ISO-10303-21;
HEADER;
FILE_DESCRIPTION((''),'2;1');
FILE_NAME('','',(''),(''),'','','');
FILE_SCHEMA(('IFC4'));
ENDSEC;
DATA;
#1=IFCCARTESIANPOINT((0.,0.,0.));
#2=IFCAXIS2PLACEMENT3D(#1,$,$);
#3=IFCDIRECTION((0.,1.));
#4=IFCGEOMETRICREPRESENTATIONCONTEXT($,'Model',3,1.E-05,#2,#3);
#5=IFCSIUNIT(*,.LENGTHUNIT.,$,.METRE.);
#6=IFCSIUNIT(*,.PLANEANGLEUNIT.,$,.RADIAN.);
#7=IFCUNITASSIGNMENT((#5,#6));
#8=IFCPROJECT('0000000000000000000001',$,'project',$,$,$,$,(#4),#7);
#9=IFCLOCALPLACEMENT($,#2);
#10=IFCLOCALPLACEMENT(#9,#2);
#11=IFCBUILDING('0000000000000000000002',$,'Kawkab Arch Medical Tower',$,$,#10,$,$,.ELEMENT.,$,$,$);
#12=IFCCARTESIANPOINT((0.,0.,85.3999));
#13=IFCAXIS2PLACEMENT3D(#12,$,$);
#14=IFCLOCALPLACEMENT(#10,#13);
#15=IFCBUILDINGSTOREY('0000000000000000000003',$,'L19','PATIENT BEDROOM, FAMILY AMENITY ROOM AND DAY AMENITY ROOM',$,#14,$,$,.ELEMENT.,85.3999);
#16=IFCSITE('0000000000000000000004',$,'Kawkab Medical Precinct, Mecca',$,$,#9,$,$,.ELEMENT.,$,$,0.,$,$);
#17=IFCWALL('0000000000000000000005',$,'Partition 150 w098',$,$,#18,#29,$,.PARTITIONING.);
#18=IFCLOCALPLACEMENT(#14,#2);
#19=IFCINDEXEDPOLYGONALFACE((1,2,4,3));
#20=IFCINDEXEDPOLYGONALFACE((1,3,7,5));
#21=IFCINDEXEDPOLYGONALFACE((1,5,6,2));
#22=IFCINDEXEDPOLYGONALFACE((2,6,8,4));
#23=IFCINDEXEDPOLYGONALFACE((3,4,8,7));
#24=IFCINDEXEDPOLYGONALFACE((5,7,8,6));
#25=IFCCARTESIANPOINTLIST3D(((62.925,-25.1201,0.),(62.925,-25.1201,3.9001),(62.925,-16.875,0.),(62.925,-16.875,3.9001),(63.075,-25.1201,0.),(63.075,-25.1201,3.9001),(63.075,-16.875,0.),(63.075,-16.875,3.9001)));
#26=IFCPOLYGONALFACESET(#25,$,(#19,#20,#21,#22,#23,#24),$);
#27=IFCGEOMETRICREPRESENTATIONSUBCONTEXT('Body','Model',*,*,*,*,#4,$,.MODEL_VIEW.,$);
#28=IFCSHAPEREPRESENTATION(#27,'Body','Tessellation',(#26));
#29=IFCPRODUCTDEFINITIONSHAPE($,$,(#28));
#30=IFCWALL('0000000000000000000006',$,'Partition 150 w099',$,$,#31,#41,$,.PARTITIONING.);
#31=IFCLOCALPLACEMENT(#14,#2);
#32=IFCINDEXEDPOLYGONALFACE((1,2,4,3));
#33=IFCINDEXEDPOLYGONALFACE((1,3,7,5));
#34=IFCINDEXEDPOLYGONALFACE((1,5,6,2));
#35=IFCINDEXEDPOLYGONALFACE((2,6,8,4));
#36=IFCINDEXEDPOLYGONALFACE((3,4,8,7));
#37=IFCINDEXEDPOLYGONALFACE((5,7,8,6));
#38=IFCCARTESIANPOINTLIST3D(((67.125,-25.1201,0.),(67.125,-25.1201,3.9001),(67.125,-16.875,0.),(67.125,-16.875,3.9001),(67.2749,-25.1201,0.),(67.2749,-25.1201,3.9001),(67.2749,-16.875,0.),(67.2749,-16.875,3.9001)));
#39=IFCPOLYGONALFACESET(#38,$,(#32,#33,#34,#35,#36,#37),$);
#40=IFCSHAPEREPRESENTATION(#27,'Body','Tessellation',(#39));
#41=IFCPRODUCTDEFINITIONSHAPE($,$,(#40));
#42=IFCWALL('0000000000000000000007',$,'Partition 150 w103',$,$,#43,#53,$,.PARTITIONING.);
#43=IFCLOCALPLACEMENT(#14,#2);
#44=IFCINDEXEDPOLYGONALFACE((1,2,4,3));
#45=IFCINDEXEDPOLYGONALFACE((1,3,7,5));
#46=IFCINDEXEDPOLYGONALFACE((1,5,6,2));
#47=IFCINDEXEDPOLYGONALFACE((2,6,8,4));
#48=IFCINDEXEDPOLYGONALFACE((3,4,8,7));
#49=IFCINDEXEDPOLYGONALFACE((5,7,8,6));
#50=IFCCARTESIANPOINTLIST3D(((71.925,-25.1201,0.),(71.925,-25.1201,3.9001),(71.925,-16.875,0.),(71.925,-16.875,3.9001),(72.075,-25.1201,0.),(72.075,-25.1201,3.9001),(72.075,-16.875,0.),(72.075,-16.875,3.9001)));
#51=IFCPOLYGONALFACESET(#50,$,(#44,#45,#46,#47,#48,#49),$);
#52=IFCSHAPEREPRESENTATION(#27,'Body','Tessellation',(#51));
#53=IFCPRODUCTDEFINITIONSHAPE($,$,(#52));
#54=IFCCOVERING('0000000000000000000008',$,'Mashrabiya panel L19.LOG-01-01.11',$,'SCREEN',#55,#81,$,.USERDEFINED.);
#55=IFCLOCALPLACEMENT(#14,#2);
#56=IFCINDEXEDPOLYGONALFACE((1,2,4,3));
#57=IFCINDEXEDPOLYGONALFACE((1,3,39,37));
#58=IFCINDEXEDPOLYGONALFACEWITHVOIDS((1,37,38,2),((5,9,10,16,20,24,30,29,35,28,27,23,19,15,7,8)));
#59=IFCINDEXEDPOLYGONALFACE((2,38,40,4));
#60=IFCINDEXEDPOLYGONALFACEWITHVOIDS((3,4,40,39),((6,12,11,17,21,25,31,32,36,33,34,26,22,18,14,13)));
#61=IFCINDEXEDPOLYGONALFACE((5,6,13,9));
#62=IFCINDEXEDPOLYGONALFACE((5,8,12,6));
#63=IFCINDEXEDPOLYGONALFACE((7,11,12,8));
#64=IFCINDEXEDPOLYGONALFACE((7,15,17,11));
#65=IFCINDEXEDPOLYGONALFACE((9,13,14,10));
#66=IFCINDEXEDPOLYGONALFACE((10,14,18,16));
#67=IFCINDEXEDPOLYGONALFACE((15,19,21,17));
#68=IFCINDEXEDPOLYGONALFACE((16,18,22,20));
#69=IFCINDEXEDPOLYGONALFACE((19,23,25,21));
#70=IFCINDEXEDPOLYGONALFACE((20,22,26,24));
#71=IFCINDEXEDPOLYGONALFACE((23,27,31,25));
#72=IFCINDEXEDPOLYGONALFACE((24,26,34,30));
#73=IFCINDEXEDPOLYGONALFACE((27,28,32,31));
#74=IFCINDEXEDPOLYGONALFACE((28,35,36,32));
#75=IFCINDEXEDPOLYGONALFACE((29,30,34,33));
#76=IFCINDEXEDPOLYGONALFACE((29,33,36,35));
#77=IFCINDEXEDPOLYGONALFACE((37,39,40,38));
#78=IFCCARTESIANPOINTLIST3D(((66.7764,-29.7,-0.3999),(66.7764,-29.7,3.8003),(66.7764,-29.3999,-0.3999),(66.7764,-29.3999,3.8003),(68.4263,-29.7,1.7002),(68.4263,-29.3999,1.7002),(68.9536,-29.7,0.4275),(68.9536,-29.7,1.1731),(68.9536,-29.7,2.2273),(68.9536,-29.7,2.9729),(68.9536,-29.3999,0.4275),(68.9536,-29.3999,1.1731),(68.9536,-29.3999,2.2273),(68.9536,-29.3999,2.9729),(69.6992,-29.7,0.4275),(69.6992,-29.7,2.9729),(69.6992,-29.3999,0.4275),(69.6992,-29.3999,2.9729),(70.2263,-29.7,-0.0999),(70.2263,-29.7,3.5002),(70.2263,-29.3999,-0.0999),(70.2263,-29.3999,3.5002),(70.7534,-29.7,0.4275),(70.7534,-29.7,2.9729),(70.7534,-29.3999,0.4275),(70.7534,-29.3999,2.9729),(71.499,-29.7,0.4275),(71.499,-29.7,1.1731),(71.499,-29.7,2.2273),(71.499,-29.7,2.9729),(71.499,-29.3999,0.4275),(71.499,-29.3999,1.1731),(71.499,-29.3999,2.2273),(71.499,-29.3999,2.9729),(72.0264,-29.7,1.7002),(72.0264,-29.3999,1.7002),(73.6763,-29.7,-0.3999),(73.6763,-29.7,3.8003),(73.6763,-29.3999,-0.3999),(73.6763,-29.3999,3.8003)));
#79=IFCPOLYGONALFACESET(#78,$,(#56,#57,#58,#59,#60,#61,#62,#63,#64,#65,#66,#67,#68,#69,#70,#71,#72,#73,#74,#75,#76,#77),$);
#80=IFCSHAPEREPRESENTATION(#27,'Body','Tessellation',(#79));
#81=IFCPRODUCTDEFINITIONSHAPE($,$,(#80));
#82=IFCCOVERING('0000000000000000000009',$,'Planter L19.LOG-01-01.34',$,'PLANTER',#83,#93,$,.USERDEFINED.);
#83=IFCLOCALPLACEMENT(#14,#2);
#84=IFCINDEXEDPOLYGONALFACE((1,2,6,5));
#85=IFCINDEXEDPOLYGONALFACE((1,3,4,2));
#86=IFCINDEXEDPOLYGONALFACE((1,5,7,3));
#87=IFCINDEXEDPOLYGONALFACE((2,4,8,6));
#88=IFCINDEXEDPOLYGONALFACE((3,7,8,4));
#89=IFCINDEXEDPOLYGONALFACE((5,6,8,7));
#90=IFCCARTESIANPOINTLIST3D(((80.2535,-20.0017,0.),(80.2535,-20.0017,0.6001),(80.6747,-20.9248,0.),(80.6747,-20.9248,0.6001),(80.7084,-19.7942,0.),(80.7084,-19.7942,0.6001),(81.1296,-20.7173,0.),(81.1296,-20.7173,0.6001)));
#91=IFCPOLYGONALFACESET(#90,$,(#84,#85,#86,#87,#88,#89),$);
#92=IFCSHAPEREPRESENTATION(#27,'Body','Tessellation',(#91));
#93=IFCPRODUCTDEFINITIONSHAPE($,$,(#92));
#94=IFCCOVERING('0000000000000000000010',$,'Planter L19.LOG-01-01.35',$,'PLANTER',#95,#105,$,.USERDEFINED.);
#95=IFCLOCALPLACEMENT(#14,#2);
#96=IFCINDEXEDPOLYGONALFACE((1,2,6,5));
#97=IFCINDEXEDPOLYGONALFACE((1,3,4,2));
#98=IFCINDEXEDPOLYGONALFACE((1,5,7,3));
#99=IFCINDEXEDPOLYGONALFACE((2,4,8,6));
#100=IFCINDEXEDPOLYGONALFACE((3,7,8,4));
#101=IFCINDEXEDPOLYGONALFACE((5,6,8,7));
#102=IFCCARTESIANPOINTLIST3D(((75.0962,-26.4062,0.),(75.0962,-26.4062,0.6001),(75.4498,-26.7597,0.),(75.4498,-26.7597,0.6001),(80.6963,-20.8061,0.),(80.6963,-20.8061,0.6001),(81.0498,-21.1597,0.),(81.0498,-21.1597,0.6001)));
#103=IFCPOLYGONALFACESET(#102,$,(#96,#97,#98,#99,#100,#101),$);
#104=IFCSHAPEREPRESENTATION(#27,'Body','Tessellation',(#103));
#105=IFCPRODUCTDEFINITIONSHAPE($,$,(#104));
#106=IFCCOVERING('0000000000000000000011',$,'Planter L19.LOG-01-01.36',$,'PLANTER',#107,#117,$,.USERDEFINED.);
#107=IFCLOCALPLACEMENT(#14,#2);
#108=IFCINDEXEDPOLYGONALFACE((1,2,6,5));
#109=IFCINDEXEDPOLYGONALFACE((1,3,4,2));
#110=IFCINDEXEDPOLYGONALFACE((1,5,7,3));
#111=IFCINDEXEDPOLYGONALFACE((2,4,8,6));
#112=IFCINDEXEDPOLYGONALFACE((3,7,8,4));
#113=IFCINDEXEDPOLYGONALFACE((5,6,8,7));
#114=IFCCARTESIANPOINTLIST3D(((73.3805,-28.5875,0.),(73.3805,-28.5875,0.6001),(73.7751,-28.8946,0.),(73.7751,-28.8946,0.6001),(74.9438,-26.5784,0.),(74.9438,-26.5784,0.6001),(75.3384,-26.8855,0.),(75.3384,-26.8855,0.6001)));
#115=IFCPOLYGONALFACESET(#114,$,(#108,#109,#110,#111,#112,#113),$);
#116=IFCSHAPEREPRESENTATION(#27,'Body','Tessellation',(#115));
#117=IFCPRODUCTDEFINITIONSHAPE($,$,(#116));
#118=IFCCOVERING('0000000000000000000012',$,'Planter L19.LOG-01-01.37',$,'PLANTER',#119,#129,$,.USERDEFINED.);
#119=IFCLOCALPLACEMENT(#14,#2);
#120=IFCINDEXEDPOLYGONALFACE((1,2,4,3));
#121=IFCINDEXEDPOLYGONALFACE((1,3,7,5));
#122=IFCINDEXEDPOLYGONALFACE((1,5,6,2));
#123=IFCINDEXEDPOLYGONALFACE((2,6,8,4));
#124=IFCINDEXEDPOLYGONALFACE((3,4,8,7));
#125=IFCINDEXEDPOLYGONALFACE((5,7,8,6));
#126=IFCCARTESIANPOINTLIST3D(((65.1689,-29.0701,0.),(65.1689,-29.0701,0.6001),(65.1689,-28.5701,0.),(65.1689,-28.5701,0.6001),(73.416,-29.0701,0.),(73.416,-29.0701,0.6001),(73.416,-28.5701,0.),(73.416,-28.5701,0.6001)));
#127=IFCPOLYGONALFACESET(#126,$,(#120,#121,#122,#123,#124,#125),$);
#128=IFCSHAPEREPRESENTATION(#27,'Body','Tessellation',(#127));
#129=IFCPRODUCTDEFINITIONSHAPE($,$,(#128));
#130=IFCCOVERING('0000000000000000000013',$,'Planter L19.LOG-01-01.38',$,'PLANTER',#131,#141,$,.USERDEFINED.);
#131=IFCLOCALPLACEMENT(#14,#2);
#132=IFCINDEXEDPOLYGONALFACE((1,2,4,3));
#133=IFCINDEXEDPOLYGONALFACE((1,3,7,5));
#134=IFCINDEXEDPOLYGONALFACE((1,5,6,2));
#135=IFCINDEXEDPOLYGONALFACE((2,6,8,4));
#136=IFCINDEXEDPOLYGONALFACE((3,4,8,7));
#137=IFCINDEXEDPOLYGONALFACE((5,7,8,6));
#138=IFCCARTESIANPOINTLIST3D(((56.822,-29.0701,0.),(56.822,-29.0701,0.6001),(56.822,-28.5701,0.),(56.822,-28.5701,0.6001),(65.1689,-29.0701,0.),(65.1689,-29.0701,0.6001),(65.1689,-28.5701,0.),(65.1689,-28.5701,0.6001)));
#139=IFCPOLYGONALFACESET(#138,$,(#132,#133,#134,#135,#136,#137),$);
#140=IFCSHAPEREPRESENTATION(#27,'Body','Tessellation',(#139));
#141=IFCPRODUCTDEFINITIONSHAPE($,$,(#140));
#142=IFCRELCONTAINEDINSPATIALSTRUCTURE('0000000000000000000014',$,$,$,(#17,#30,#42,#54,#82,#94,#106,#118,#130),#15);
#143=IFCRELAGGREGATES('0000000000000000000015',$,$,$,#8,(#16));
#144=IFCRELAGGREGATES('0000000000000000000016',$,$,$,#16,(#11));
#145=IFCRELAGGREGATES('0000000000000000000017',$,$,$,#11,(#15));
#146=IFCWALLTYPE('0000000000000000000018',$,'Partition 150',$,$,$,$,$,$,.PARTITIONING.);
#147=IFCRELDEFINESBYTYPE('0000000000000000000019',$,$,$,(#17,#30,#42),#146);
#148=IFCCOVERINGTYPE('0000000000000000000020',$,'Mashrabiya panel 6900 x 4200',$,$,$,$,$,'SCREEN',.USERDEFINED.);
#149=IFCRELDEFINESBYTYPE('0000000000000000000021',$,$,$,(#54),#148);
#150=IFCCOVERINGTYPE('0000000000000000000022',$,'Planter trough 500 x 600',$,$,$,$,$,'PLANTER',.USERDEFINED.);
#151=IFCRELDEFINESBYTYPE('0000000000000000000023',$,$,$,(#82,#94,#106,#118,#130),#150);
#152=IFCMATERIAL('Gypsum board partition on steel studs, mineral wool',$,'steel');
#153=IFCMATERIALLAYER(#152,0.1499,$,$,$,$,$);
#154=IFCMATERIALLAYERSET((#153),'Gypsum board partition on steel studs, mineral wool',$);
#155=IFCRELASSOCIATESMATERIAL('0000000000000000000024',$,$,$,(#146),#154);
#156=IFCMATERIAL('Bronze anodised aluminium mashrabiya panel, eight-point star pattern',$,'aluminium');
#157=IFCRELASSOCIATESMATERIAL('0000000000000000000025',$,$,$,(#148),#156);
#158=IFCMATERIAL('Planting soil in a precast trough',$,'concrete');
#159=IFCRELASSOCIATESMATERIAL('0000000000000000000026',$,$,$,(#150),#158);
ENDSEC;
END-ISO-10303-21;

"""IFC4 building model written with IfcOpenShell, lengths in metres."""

from ifc_helpers import new_model, si_unit, direction, frame, frame_2d, origin, origin_2d, place, context, subcontext, project, spatial, polyline, rectangle, outline, extrude, material, layer, layer_set, material_profile, profile_set, type_object, element, save


model = new_model("IFC4")

# Units and contexts
model_context = context("Model", 3, precision=1e-05, world=origin(), true_north=direction((0.0, 1.0)))
body_context = subcontext(model_context, "Body", "Model", "MODEL_VIEW")
ifc_project = project(units=[si_unit("LENGTHUNIT", "METRE"), si_unit("PLANEANGLEUNIT", "RADIAN")], contexts=[model_context])

# Site, building, storey
site_placement = place(None, origin())
site = spatial("IfcSite", under=ifc_project, at=site_placement, Name="Kawkab Medical Precinct, Mecca", CompositionType="ELEMENT", RefElevation=0.0)
building_placement = place(site_placement, origin())
building = spatial("IfcBuilding", under=site, at=building_placement, Name="Kawkab Arch Medical Tower", CompositionType="ELEMENT")
storey_placement = place(building_placement, frame((0.0, 0.0, 85.3999)))
storey = spatial("IfcBuildingStorey", under=building, at=storey_placement, Name="L19", Description="PATIENT BEDROOM, FAMILY AMENITY ROOM AND DAY AMENITY ROOM", CompositionType="ELEMENT", Elevation=85.3999)

# Walls
ifc_material_1 = material(Name="Gypsum board partition on steel studs, mineral wool", Category="steel")
ifc_layer_1 = layer(ifc_material_1, 0.1499)
ifc_layer_set_1 = layer_set([ifc_layer_1], Name="Gypsum board partition on steel studs, mineral wool")
wall_type_1 = type_object("IfcWallType", Name="Partition 150", PredefinedType="PARTITIONING", material=ifc_layer_set_1)
for number, where, z_axis, x_axis, name in (
    (1, (63.0, -25.1201, 0.0), (0.0, 0.0, 1.0), (0.0, 1.0, 0.0), "Partition 150 w098"),
    (2, (67.2, -25.1201, 0.0), (0.0, 0.0, 1.0), (0.0, 1.0, 0.0), "Partition 150 w099"),
    (3, (72.0, -25.1201, 0.0), (0.0, 0.0, 1.0), (0.0, 1.0, 0.0), "Partition 150 w103"),
):
    element("IfcWall", number, at=place(storey_placement, frame(where, z_axis=z_axis, x_axis=x_axis)), inside=storey, type_object=wall_type_1, Name=name, PredefinedType="PARTITIONING", context=body_context, shape_type="SweptSolid", body=[
        extrude(rectangle(XDim=8.2451, YDim=0.1499, at=frame_2d((4.1226, 0.0))), origin(), (0.0, 0.0, 1.0), 3.9001),
    ])

# Coverings
ifc_material_2 = material(Name="Bronze anodised aluminium mashrabiya panel, eight-point star pattern", Category="aluminium")
ifc_material_profile_1 = material_profile(ifc_material_2, outline(polyline([(-3.45, -2.1001), (3.45, -2.1001), (3.45, 2.1001), (-3.45, 2.1001), (-3.45, -2.1001)]), holes=[polyline([(1.8, 0.0), (1.2727, 0.5271), (1.2727, 1.2727), (0.5271, 1.2727), (0.0, 1.8), (-0.5271, 1.2727), (-1.2727, 1.2727), (-1.2727, 0.5271), (-1.8, 0.0), (-1.2727, -0.5271), (-1.2727, -1.2727), (-0.5271, -1.2727), (0.0, -1.8), (0.5271, -1.2727), (1.2727, -1.2727), (1.2727, -0.5271), (1.8, 0.0)])]), Name="Mashrabiya panel 6900x4200")
ifc_profile_set_1 = profile_set([ifc_material_profile_1], Name="Bronze anodised aluminium mashrabiya panel, eight-point star pattern")
covering_type_1 = type_object("IfcCoveringType", Name="Mashrabiya panel 6900 x 4200", ElementType="SCREEN", PredefinedType="USERDEFINED", material=ifc_profile_set_1)
covering_1_placement = place(storey_placement, frame((70.2263, -29.3999, 1.7002), z_axis=(0.0, -1.0, 0.0), x_axis=(1.0, 0.0, 0.0)))
element("IfcCovering", 4, at=covering_1_placement, inside=storey, type_object=covering_type_1, Name="Mashrabiya panel L19.LOG-01-01.11", ObjectType="SCREEN", PredefinedType="USERDEFINED", context=body_context, shape_type="SweptSolid", body=[
    extrude(outline(polyline([(-3.45, -2.1001), (3.45, -2.1001), (3.45, 2.1001), (-3.45, 2.1001), (-3.45, -2.1001)]), holes=[polyline([(1.8, 0.0), (1.2727, 0.5271), (1.2727, 1.2727), (0.5271, 1.2727), (0.0, 1.8), (-0.5271, 1.2727), (-1.2727, 1.2727), (-1.2727, 0.5271), (-1.8, 0.0), (-1.2727, -0.5271), (-1.2727, -1.2727), (-0.5271, -1.2727), (0.0, -1.8), (0.5271, -1.2727), (1.2727, -1.2727), (1.2727, -0.5271), (1.8, 0.0)])]), origin(), (0.0, 0.0, 1.0), 0.3),
])
ifc_material_3 = material(Name="Planting soil in a precast trough", Category="concrete")
ifc_material_profile_2 = material_profile(ifc_material_3, rectangle(XDim=0.5, YDim=0.6001, at=origin_2d()), Name="Trough 500x600")
ifc_profile_set_2 = profile_set([ifc_material_profile_2], Name="Planting soil in a precast trough")
covering_type_2 = type_object("IfcCoveringType", Name="Planter trough 500 x 600", ElementType="PLANTER", PredefinedType="USERDEFINED", material=ifc_profile_set_2)
covering_2_placement = place(storey_placement, frame((80.481, -19.8979, 0.3), z_axis=(0.415072, -0.909789, 0.0), x_axis=(0.909789, 0.415072, 0.0)))
element("IfcCovering", 5, at=covering_2_placement, inside=storey, type_object=covering_type_2, Name="Planter L19.LOG-01-01.34", ObjectType="PLANTER", PredefinedType="USERDEFINED", context=body_context, shape_type="SweptSolid", body=[
    extrude(rectangle(XDim=0.5, YDim=0.6001, at=origin_2d()), origin(), (0.0, 0.0, 1.0), 1.0146),
])
covering_3_placement = place(storey_placement, frame((80.873, -20.9829, 0.3), z_axis=(-0.707107, -0.707107, 0.0), x_axis=(0.707107, -0.707107, 0.0)))
element("IfcCovering", 6, at=covering_3_placement, inside=storey, type_object=covering_type_2, Name="Planter L19.LOG-01-01.35", ObjectType="PLANTER", PredefinedType="USERDEFINED", context=body_context, shape_type="SweptSolid", body=[
    extrude(rectangle(XDim=0.5, YDim=0.6001, at=origin_2d()), origin(), (0.0, 0.0, 1.0), 7.9197),
])
covering_4_placement = place(storey_placement, frame((75.1411, -26.7319, 0.3), z_axis=(-0.6141, -0.789228, 0.0), x_axis=(0.789228, -0.6141, 0.0)))
element("IfcCovering", 7, at=covering_4_placement, inside=storey, type_object=covering_type_2, Name="Planter L19.LOG-01-01.36", ObjectType="PLANTER", PredefinedType="USERDEFINED", context=body_context, shape_type="SweptSolid", body=[
    extrude(rectangle(XDim=0.5, YDim=0.6001, at=origin_2d()), origin(), (0.0, 0.0, 1.0), 2.5457),
])
covering_5_placement = place(storey_placement, frame((73.416, -28.8201, 0.3), z_axis=(-1.0, 0.0, 0.0), x_axis=(0.0, -1.0, 0.0)))
element("IfcCovering", 8, at=covering_5_placement, inside=storey, type_object=covering_type_2, Name="Planter L19.LOG-01-01.37", ObjectType="PLANTER", PredefinedType="USERDEFINED", context=body_context, shape_type="SweptSolid", body=[
    extrude(rectangle(XDim=0.5, YDim=0.6001, at=origin_2d()), origin(), (0.0, 0.0, 1.0), 8.2471),
])
covering_6_placement = place(storey_placement, frame((65.1689, -28.8201, 0.3), z_axis=(-1.0, 0.0, 0.0), x_axis=(0.0, -1.0, 0.0)))
element("IfcCovering", 9, at=covering_6_placement, inside=storey, type_object=covering_type_2, Name="Planter L19.LOG-01-01.38", ObjectType="PLANTER", PredefinedType="USERDEFINED", context=body_context, shape_type="SweptSolid", body=[
    extrude(rectangle(XDim=0.5, YDim=0.6001, at=origin_2d()), origin(), (0.0, 0.0, 1.0), 8.3469),
])

save(model, "model.ifc")
